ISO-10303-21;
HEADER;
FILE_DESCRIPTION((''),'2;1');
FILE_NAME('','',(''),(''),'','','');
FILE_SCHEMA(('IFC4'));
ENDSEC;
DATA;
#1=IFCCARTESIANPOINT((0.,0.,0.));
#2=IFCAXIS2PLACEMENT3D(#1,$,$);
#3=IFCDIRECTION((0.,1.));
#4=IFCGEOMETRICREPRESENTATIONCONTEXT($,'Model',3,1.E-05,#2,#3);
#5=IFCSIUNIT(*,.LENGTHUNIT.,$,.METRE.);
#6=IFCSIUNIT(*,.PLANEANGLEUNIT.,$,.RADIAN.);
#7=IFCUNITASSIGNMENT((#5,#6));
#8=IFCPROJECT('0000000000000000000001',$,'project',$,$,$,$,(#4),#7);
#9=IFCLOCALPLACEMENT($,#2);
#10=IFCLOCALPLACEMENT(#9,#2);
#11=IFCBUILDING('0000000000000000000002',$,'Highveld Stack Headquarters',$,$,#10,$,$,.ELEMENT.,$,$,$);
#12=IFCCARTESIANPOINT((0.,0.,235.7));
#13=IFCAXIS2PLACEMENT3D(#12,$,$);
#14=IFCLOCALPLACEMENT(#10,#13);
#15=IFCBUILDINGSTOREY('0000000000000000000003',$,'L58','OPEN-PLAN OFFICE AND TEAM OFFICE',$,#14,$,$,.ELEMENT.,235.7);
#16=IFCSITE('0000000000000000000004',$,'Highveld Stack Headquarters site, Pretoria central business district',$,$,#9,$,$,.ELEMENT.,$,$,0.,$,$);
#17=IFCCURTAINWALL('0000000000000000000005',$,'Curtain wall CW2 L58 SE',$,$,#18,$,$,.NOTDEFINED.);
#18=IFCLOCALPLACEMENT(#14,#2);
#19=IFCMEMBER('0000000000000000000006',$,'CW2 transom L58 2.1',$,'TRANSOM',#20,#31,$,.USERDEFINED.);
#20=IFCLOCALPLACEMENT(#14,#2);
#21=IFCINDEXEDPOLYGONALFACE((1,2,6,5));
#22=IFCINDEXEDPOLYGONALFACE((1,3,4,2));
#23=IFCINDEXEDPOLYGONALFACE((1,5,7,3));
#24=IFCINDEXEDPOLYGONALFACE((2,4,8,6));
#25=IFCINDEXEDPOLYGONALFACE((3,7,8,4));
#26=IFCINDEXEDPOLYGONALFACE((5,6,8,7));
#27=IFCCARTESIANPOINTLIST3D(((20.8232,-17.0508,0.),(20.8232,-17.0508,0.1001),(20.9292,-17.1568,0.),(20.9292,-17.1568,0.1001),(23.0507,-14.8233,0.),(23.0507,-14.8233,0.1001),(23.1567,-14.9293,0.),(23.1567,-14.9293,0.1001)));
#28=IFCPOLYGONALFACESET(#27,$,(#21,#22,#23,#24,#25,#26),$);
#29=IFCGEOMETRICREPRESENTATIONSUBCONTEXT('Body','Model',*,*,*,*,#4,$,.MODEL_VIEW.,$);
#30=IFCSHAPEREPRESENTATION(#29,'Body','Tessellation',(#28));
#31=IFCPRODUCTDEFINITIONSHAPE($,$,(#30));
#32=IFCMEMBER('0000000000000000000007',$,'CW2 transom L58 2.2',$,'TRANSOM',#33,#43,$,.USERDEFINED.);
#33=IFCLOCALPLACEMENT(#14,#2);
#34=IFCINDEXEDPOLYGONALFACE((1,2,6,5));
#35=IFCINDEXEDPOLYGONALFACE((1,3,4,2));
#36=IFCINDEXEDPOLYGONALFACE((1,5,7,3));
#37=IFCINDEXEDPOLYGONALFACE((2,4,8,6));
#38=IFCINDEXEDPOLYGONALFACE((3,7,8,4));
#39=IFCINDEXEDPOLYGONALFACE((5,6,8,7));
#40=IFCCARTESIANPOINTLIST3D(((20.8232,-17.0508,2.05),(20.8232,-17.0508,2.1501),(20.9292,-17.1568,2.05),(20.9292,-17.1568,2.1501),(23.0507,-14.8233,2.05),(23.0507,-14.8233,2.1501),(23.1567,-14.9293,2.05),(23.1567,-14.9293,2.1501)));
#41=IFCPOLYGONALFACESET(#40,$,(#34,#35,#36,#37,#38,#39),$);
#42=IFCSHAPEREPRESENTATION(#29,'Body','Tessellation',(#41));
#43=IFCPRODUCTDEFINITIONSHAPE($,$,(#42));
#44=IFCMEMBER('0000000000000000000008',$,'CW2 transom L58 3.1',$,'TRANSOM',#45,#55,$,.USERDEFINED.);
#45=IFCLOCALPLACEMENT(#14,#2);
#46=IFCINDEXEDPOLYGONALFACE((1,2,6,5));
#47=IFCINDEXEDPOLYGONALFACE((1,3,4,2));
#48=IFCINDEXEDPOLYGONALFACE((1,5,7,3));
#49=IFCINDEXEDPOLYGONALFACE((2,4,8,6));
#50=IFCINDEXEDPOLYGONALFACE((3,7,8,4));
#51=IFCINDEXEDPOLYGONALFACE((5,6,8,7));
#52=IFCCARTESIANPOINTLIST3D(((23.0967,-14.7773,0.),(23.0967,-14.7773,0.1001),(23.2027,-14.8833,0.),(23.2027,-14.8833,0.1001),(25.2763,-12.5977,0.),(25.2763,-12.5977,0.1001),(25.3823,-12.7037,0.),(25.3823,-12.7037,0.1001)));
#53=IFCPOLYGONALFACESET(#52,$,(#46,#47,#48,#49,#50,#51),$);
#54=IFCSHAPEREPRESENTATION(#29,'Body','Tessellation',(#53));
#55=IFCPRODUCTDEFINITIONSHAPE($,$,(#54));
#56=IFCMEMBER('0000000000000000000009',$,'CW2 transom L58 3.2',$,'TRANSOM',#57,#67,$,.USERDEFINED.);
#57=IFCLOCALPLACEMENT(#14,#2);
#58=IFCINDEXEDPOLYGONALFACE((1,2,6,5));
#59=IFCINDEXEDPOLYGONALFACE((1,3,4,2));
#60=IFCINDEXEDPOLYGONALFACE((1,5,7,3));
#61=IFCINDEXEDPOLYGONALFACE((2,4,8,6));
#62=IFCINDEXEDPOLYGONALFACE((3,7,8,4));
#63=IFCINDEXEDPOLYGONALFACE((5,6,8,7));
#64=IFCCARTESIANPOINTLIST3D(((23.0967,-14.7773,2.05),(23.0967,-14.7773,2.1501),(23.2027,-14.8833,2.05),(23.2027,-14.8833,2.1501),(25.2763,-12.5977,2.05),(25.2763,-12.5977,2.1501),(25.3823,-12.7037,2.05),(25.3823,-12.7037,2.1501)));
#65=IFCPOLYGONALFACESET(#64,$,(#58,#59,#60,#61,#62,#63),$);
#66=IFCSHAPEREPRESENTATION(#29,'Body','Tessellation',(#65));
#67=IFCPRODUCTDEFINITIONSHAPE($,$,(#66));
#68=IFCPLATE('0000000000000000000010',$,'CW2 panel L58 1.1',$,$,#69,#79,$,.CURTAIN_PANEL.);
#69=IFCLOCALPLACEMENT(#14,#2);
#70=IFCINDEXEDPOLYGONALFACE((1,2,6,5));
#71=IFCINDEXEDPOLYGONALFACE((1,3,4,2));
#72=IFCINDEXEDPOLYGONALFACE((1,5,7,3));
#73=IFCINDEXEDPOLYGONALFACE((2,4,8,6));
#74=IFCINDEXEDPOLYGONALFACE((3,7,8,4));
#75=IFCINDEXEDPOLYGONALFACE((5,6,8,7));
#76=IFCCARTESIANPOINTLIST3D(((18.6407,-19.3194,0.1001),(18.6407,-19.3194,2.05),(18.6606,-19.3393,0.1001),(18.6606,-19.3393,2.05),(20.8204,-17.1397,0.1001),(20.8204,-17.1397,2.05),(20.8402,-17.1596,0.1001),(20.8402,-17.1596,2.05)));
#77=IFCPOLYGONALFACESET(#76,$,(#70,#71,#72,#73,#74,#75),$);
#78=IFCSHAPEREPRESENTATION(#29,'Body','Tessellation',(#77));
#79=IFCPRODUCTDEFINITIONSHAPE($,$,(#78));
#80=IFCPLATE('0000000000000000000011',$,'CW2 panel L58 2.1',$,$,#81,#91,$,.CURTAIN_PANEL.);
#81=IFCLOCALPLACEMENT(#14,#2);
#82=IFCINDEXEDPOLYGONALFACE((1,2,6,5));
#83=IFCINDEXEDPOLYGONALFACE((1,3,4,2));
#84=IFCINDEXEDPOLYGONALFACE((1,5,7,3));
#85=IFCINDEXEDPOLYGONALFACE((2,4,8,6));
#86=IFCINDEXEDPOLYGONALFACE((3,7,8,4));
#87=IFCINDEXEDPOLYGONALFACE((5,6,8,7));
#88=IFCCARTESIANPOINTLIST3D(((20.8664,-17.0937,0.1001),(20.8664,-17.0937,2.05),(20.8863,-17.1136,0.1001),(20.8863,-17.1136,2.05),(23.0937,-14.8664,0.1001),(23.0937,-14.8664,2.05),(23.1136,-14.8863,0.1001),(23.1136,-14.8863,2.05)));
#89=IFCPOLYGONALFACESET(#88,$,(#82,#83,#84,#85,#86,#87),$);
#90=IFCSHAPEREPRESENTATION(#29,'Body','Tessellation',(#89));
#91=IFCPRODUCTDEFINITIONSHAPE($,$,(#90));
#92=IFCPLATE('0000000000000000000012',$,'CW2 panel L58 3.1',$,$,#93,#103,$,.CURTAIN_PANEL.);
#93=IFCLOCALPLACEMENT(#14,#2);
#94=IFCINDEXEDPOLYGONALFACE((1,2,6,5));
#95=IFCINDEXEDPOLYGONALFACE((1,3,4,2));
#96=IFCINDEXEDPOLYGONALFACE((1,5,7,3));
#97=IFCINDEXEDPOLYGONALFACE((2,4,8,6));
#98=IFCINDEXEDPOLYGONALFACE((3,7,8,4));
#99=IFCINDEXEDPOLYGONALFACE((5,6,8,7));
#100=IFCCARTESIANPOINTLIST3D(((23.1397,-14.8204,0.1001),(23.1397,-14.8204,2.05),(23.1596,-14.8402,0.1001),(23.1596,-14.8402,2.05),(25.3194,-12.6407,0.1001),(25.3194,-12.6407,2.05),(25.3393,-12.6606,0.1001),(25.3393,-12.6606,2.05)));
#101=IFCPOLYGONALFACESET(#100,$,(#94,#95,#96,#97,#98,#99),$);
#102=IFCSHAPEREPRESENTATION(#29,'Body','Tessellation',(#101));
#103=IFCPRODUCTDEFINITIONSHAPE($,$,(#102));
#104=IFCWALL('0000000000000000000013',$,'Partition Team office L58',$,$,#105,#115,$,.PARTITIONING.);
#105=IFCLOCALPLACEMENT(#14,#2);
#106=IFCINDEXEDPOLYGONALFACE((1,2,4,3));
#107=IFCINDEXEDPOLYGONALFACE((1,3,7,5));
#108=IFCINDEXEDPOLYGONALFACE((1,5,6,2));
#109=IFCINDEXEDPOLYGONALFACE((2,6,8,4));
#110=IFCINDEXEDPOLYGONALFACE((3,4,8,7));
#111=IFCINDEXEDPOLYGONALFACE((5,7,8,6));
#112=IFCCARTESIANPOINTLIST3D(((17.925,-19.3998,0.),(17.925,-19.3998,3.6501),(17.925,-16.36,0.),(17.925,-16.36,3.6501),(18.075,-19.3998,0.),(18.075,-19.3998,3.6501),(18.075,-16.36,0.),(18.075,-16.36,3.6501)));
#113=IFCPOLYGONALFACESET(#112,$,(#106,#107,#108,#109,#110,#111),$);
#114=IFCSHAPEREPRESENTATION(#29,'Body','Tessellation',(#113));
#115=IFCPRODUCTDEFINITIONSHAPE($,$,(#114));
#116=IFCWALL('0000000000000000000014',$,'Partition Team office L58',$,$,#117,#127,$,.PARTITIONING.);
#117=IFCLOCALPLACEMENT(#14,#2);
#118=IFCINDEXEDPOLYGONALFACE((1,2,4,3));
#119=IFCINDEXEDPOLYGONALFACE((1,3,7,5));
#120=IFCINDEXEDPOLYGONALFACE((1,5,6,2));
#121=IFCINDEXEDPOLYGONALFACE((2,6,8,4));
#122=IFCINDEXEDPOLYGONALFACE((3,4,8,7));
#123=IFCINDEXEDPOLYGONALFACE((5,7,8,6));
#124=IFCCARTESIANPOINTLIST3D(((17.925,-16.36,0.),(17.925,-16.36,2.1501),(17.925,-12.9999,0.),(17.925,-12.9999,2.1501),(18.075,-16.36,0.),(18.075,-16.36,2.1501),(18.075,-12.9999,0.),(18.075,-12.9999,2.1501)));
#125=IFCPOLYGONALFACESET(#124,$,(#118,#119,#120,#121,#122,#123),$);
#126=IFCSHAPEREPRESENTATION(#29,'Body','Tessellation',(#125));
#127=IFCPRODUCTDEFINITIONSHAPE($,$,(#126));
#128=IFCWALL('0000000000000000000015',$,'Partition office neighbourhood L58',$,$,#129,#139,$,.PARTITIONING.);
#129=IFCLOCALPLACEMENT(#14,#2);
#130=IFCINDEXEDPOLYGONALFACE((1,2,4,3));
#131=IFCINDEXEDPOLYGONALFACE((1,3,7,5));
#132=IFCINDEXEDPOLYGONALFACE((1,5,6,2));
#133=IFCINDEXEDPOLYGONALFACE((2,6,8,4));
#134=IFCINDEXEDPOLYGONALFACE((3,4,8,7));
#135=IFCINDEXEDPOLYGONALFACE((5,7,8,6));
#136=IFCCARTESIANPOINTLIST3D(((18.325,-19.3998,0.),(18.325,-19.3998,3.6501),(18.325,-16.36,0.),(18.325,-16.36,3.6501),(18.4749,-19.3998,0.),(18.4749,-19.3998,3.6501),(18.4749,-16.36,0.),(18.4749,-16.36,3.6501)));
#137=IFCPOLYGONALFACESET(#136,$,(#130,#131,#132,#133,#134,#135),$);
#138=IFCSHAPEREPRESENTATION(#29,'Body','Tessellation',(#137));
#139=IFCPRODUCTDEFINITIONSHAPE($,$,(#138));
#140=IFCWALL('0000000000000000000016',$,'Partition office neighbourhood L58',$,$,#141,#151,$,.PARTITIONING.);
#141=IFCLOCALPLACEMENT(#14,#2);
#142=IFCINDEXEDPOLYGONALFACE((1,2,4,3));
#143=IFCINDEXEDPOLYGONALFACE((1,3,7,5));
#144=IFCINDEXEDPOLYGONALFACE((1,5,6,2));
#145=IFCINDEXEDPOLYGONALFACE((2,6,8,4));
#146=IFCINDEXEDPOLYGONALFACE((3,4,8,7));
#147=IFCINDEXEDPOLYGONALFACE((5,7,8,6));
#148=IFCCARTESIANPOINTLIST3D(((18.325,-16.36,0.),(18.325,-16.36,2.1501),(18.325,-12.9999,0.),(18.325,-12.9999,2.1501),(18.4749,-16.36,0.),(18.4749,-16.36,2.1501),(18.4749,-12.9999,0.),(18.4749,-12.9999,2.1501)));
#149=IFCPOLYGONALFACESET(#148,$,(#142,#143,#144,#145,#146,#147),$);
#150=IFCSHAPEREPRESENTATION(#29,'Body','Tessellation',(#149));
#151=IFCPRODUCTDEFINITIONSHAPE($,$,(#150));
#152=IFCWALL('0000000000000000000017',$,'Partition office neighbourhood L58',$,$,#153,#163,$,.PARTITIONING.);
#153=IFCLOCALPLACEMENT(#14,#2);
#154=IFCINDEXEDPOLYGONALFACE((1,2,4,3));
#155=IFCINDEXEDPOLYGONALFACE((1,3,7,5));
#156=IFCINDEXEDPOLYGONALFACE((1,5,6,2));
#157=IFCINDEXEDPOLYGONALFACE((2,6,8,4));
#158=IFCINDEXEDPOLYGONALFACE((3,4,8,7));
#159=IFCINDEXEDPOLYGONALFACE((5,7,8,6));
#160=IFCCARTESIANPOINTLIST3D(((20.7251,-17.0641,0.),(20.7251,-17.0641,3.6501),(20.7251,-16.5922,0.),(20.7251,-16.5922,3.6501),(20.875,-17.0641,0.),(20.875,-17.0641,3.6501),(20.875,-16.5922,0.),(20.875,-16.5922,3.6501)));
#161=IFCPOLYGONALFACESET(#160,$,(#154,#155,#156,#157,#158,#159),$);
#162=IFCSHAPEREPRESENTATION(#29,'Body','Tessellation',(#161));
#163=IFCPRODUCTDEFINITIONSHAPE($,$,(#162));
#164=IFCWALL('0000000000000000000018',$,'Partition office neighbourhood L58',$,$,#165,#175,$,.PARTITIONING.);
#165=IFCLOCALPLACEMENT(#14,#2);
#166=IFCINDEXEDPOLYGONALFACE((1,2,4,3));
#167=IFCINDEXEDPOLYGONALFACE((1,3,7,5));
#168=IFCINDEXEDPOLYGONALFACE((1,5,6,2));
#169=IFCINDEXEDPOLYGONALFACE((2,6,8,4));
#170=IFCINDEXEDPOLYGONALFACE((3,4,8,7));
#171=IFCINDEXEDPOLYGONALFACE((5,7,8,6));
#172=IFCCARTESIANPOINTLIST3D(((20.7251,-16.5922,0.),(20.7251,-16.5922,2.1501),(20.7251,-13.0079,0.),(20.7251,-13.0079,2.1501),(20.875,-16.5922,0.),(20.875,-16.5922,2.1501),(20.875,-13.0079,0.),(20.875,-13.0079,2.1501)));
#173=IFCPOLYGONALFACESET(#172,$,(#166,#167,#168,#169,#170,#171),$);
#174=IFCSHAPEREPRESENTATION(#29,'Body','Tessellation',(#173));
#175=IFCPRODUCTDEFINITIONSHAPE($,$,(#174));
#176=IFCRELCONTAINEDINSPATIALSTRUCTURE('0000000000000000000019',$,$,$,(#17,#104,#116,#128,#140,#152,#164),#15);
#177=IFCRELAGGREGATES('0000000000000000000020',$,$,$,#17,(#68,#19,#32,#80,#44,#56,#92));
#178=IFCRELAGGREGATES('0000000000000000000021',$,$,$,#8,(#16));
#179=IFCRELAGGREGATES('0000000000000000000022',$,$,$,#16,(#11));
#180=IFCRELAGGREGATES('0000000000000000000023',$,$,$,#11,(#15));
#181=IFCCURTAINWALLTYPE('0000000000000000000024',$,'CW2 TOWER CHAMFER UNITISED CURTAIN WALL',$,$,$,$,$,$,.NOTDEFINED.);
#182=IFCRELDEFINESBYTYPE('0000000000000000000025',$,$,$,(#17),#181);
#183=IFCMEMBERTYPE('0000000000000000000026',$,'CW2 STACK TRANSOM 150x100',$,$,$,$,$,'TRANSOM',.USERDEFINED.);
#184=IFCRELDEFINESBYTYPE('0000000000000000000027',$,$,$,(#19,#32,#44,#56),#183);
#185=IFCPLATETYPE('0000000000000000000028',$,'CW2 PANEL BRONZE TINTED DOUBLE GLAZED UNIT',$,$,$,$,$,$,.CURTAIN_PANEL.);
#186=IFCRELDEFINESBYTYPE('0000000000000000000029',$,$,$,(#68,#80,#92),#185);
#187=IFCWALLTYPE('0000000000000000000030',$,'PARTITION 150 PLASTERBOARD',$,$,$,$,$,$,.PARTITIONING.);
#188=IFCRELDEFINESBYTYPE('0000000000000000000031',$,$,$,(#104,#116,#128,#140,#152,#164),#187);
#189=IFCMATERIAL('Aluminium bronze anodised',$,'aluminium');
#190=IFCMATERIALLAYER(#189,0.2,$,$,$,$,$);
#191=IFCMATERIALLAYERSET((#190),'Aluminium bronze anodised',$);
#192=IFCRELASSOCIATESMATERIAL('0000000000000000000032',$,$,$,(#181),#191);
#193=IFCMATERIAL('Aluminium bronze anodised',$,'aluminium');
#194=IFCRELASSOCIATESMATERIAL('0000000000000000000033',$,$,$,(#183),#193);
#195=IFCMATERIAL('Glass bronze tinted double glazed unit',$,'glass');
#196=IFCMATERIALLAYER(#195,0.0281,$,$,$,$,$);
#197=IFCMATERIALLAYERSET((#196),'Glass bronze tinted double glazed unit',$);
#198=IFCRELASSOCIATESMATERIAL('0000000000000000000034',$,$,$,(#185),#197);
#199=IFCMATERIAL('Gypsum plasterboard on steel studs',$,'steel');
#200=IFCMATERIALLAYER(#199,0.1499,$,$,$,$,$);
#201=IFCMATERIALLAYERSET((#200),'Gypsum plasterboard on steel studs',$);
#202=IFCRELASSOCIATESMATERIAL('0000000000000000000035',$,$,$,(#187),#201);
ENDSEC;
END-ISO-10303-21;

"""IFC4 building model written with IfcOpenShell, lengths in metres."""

from ifc_helpers import new_model, si_unit, direction, frame, frame_2d, origin, origin_2d, place, context, subcontext, project, spatial, rectangle, extrude, material, layer, layer_set, material_profile, profile_set, type_object, element, aggregate, save


model = new_model("IFC4")

# Units and contexts
model_context = context("Model", 3, precision=1e-05, world=origin(), true_north=direction((0.0, 1.0)))
body_context = subcontext(model_context, "Body", "Model", "MODEL_VIEW")
ifc_project = project(units=[si_unit("LENGTHUNIT", "METRE"), si_unit("PLANEANGLEUNIT", "RADIAN")], contexts=[model_context])

# Site, building, storey
site_placement = place(None, origin())
site = spatial("IfcSite", under=ifc_project, at=site_placement, Name="Highveld Stack Headquarters site, Pretoria central business district", CompositionType="ELEMENT", RefElevation=0.0)
building_placement = place(site_placement, origin())
building = spatial("IfcBuilding", under=site, at=building_placement, Name="Highveld Stack Headquarters", CompositionType="ELEMENT")
storey_placement = place(building_placement, frame((0.0, 0.0, 235.7)))
storey = spatial("IfcBuildingStorey", under=building, at=storey_placement, Name="L58", Description="OPEN-PLAN OFFICE AND TEAM OFFICE", CompositionType="ELEMENT", Elevation=235.7)

# Curtain wall, members, plates
ifc_material_1 = material(Name="Aluminium bronze anodised", Category="aluminium")
ifc_layer_1 = layer(ifc_material_1, 0.2)
ifc_layer_set_1 = layer_set([ifc_layer_1], Name="Aluminium bronze anodised")
curtain_wall_type_1 = type_object("IfcCurtainWallType", Name="CW2 TOWER CHAMFER UNITISED CURTAIN WALL", PredefinedType="NOTDEFINED", material=ifc_layer_set_1)
curtain_wall_1_placement = place(storey_placement, origin())
curtain_wall_1 = element("IfcCurtainWall", 1, at=curtain_wall_1_placement, inside=storey, type_object=curtain_wall_type_1, Name="Curtain wall CW2 L58 SE", PredefinedType="NOTDEFINED")
ifc_material_2 = material(Name="Aluminium bronze anodised", Category="aluminium")
ifc_material_profile_1 = material_profile(ifc_material_2, rectangle(XDim=0.1499, YDim=0.1001, at=origin_2d()), Name="CW2 TRANSOM 150x100")
ifc_profile_set_1 = profile_set([ifc_material_profile_1], Name="Aluminium bronze anodised")
member_type_1 = type_object("IfcMemberType", Name="CW2 STACK TRANSOM 150x100", ElementType="TRANSOM", PredefinedType="USERDEFINED", material=ifc_profile_set_1)
member_1_placement = place(storey_placement, frame((20.8762, -17.1038, 0.05), z_axis=(0.707107, 0.707107, 0.0), x_axis=(-0.707107, 0.707107, 0.0)))
member_1 = element("IfcMember", 2, at=member_1_placement, type_object=member_type_1, Name="CW2 transom L58 2.1", ObjectType="TRANSOM", PredefinedType="USERDEFINED", context=body_context, shape_type="SweptSolid", body=[
    extrude(rectangle(XDim=0.1499, YDim=0.1001, at=origin_2d()), origin(), (0.0, 0.0, 1.0), 3.1501),
])
member_2_placement = place(storey_placement, frame((20.8762, -17.1038, 2.1001), z_axis=(0.707107, 0.707107, 0.0), x_axis=(-0.707107, 0.707107, 0.0)))
member_2 = element("IfcMember", 3, at=member_2_placement, type_object=member_type_1, Name="CW2 transom L58 2.2", ObjectType="TRANSOM", PredefinedType="USERDEFINED", context=body_context, shape_type="SweptSolid", body=[
    extrude(rectangle(XDim=0.1499, YDim=0.1001, at=origin_2d()), origin(), (0.0, 0.0, 1.0), 3.1501),
])
member_3_placement = place(storey_placement, frame((23.1497, -14.8303, 0.05), z_axis=(0.707107, 0.707107, 0.0), x_axis=(-0.707107, 0.707107, 0.0)))
member_3 = element("IfcMember", 4, at=member_3_placement, type_object=member_type_1, Name="CW2 transom L58 3.1", ObjectType="TRANSOM", PredefinedType="USERDEFINED", context=body_context, shape_type="SweptSolid", body=[
    extrude(rectangle(XDim=0.1499, YDim=0.1001, at=origin_2d()), origin(), (0.0, 0.0, 1.0), 3.0825),
])
member_4_placement = place(storey_placement, frame((23.1497, -14.8303, 2.1001), z_axis=(0.707107, 0.707107, 0.0), x_axis=(-0.707107, 0.707107, 0.0)))
member_4 = element("IfcMember", 5, at=member_4_placement, type_object=member_type_1, Name="CW2 transom L58 3.2", ObjectType="TRANSOM", PredefinedType="USERDEFINED", context=body_context, shape_type="SweptSolid", body=[
    extrude(rectangle(XDim=0.1499, YDim=0.1001, at=origin_2d()), origin(), (0.0, 0.0, 1.0), 3.0825),
])
ifc_material_3 = material(Name="Glass bronze tinted double glazed unit", Category="glass")
ifc_layer_2 = layer(ifc_material_3, 0.0281)
ifc_layer_set_2 = layer_set([ifc_layer_2], Name="Glass bronze tinted double glazed unit")
plate_type = type_object("IfcPlateType", Name="CW2 PANEL BRONZE TINTED DOUBLE GLAZED UNIT", PredefinedType="CURTAIN_PANEL", material=ifc_layer_set_2)
plate_1_placement = place(storey_placement, frame((19.7405, -18.2395, 0.1001), z_axis=(0.0, 0.0, 1.0), x_axis=(0.707107, 0.707107, 0.0)))
plate_1 = element("IfcPlate", 6, at=plate_1_placement, type_object=plate_type, Name="CW2 panel L58 1.1", PredefinedType="CURTAIN_PANEL", context=body_context, shape_type="SweptSolid", body=[
    extrude(rectangle(XDim=3.0825, YDim=0.0281, at=origin_2d()), origin(), (0.0, 0.0, 1.0), 1.95),
])
plate_2_placement = place(storey_placement, frame((21.99, -15.99, 0.1001), z_axis=(0.0, 0.0, 1.0), x_axis=(0.707107, 0.707107, 0.0)))
plate_2 = element("IfcPlate", 7, at=plate_2_placement, type_object=plate_type, Name="CW2 panel L58 2.1", PredefinedType="CURTAIN_PANEL", context=body_context, shape_type="SweptSolid", body=[
    extrude(rectangle(XDim=3.1499, YDim=0.0281, at=origin_2d()), origin(), (0.0, 0.0, 1.0), 1.95),
])
plate_3_placement = place(storey_placement, frame((24.2395, -13.7405, 0.1001), z_axis=(0.0, 0.0, 1.0), x_axis=(0.707107, 0.707107, 0.0)))
plate_3 = element("IfcPlate", 8, at=plate_3_placement, type_object=plate_type, Name="CW2 panel L58 3.1", PredefinedType="CURTAIN_PANEL", context=body_context, shape_type="SweptSolid", body=[
    extrude(rectangle(XDim=3.0825, YDim=0.0281, at=origin_2d()), origin(), (0.0, 0.0, 1.0), 1.95),
])
aggregate(curtain_wall_1, [plate_1, member_1, member_2, plate_2, member_3, member_4, plate_3])

# Walls
ifc_material_4 = material(Name="Gypsum plasterboard on steel studs", Category="steel")
ifc_layer_3 = layer(ifc_material_4, 0.1499)
ifc_layer_set_3 = layer_set([ifc_layer_3], Name="Gypsum plasterboard on steel studs")
wall_type = type_object("IfcWallType", Name="PARTITION 150 PLASTERBOARD", PredefinedType="PARTITIONING", material=ifc_layer_set_3)
wall_1_placement = place(storey_placement, frame((18.0, -19.3999, 0.0), z_axis=(0.0, 0.0, 1.0), x_axis=(0.0, 1.0, 0.0)))
element("IfcWall", 9, at=wall_1_placement, inside=storey, type_object=wall_type, Name="Partition Team office L58", PredefinedType="PARTITIONING", context=body_context, shape_type="SweptSolid", body=[
    extrude(rectangle(XDim=3.0398, YDim=0.1499, at=frame_2d((1.52, 0.0))), origin(), (0.0, 0.0, 1.0), 3.6501),
])
wall_2_placement = place(storey_placement, frame((18.0, -16.3601, 0.0), z_axis=(0.0, 0.0, 1.0), x_axis=(0.0, 1.0, 0.0)))
element("IfcWall", 10, at=wall_2_placement, inside=storey, type_object=wall_type, Name="Partition Team office L58", PredefinedType="PARTITIONING", context=body_context, shape_type="SweptSolid", body=[
    extrude(rectangle(XDim=3.3601, YDim=0.1499, at=frame_2d((1.6802, 0.0))), origin(), (0.0, 0.0, 1.0), 2.1501),
])
wall_3_placement = place(storey_placement, frame((18.3999, -19.3999, 0.0), z_axis=(0.0, 0.0, 1.0), x_axis=(0.0, 1.0, 0.0)))
element("IfcWall", 11, at=wall_3_placement, inside=storey, type_object=wall_type, Name="Partition office neighbourhood L58", PredefinedType="PARTITIONING", context=body_context, shape_type="SweptSolid", body=[
    extrude(rectangle(XDim=3.0398, YDim=0.1499, at=frame_2d((1.52, 0.0))), origin(), (0.0, 0.0, 1.0), 3.6501),
])
wall_4_placement = place(storey_placement, frame((18.3999, -16.3601, 0.0), z_axis=(0.0, 0.0, 1.0), x_axis=(0.0, 1.0, 0.0)))
element("IfcWall", 12, at=wall_4_placement, inside=storey, type_object=wall_type, Name="Partition office neighbourhood L58", PredefinedType="PARTITIONING", context=body_context, shape_type="SweptSolid", body=[
    extrude(rectangle(XDim=3.3601, YDim=0.1499, at=frame_2d((1.6802, 0.0))), origin(), (0.0, 0.0, 1.0), 2.1501),
])
wall_5_placement = place(storey_placement, frame((20.8, -17.064, 0.0), z_axis=(0.0, 0.0, 1.0), x_axis=(0.0, 1.0, 0.0)))
element("IfcWall", 13, at=wall_5_placement, inside=storey, type_object=wall_type, Name="Partition office neighbourhood L58", PredefinedType="PARTITIONING", context=body_context, shape_type="SweptSolid", body=[
    extrude(rectangle(XDim=0.4719, YDim=0.1499, at=frame_2d((0.2358, 0.0))), origin(), (0.0, 0.0, 1.0), 3.6501),
])
wall_6_placement = place(storey_placement, frame((20.8, -16.592, 0.0), z_axis=(0.0, 0.0, 1.0), x_axis=(0.0, 1.0, 0.0)))
element("IfcWall", 14, at=wall_6_placement, inside=storey, type_object=wall_type, Name="Partition office neighbourhood L58", PredefinedType="PARTITIONING", context=body_context, shape_type="SweptSolid", body=[
    extrude(rectangle(XDim=3.5842, YDim=0.1499, at=frame_2d((1.792, 0.0))), origin(), (0.0, 0.0, 1.0), 2.1501),
])

save(model, "model.ifc")
